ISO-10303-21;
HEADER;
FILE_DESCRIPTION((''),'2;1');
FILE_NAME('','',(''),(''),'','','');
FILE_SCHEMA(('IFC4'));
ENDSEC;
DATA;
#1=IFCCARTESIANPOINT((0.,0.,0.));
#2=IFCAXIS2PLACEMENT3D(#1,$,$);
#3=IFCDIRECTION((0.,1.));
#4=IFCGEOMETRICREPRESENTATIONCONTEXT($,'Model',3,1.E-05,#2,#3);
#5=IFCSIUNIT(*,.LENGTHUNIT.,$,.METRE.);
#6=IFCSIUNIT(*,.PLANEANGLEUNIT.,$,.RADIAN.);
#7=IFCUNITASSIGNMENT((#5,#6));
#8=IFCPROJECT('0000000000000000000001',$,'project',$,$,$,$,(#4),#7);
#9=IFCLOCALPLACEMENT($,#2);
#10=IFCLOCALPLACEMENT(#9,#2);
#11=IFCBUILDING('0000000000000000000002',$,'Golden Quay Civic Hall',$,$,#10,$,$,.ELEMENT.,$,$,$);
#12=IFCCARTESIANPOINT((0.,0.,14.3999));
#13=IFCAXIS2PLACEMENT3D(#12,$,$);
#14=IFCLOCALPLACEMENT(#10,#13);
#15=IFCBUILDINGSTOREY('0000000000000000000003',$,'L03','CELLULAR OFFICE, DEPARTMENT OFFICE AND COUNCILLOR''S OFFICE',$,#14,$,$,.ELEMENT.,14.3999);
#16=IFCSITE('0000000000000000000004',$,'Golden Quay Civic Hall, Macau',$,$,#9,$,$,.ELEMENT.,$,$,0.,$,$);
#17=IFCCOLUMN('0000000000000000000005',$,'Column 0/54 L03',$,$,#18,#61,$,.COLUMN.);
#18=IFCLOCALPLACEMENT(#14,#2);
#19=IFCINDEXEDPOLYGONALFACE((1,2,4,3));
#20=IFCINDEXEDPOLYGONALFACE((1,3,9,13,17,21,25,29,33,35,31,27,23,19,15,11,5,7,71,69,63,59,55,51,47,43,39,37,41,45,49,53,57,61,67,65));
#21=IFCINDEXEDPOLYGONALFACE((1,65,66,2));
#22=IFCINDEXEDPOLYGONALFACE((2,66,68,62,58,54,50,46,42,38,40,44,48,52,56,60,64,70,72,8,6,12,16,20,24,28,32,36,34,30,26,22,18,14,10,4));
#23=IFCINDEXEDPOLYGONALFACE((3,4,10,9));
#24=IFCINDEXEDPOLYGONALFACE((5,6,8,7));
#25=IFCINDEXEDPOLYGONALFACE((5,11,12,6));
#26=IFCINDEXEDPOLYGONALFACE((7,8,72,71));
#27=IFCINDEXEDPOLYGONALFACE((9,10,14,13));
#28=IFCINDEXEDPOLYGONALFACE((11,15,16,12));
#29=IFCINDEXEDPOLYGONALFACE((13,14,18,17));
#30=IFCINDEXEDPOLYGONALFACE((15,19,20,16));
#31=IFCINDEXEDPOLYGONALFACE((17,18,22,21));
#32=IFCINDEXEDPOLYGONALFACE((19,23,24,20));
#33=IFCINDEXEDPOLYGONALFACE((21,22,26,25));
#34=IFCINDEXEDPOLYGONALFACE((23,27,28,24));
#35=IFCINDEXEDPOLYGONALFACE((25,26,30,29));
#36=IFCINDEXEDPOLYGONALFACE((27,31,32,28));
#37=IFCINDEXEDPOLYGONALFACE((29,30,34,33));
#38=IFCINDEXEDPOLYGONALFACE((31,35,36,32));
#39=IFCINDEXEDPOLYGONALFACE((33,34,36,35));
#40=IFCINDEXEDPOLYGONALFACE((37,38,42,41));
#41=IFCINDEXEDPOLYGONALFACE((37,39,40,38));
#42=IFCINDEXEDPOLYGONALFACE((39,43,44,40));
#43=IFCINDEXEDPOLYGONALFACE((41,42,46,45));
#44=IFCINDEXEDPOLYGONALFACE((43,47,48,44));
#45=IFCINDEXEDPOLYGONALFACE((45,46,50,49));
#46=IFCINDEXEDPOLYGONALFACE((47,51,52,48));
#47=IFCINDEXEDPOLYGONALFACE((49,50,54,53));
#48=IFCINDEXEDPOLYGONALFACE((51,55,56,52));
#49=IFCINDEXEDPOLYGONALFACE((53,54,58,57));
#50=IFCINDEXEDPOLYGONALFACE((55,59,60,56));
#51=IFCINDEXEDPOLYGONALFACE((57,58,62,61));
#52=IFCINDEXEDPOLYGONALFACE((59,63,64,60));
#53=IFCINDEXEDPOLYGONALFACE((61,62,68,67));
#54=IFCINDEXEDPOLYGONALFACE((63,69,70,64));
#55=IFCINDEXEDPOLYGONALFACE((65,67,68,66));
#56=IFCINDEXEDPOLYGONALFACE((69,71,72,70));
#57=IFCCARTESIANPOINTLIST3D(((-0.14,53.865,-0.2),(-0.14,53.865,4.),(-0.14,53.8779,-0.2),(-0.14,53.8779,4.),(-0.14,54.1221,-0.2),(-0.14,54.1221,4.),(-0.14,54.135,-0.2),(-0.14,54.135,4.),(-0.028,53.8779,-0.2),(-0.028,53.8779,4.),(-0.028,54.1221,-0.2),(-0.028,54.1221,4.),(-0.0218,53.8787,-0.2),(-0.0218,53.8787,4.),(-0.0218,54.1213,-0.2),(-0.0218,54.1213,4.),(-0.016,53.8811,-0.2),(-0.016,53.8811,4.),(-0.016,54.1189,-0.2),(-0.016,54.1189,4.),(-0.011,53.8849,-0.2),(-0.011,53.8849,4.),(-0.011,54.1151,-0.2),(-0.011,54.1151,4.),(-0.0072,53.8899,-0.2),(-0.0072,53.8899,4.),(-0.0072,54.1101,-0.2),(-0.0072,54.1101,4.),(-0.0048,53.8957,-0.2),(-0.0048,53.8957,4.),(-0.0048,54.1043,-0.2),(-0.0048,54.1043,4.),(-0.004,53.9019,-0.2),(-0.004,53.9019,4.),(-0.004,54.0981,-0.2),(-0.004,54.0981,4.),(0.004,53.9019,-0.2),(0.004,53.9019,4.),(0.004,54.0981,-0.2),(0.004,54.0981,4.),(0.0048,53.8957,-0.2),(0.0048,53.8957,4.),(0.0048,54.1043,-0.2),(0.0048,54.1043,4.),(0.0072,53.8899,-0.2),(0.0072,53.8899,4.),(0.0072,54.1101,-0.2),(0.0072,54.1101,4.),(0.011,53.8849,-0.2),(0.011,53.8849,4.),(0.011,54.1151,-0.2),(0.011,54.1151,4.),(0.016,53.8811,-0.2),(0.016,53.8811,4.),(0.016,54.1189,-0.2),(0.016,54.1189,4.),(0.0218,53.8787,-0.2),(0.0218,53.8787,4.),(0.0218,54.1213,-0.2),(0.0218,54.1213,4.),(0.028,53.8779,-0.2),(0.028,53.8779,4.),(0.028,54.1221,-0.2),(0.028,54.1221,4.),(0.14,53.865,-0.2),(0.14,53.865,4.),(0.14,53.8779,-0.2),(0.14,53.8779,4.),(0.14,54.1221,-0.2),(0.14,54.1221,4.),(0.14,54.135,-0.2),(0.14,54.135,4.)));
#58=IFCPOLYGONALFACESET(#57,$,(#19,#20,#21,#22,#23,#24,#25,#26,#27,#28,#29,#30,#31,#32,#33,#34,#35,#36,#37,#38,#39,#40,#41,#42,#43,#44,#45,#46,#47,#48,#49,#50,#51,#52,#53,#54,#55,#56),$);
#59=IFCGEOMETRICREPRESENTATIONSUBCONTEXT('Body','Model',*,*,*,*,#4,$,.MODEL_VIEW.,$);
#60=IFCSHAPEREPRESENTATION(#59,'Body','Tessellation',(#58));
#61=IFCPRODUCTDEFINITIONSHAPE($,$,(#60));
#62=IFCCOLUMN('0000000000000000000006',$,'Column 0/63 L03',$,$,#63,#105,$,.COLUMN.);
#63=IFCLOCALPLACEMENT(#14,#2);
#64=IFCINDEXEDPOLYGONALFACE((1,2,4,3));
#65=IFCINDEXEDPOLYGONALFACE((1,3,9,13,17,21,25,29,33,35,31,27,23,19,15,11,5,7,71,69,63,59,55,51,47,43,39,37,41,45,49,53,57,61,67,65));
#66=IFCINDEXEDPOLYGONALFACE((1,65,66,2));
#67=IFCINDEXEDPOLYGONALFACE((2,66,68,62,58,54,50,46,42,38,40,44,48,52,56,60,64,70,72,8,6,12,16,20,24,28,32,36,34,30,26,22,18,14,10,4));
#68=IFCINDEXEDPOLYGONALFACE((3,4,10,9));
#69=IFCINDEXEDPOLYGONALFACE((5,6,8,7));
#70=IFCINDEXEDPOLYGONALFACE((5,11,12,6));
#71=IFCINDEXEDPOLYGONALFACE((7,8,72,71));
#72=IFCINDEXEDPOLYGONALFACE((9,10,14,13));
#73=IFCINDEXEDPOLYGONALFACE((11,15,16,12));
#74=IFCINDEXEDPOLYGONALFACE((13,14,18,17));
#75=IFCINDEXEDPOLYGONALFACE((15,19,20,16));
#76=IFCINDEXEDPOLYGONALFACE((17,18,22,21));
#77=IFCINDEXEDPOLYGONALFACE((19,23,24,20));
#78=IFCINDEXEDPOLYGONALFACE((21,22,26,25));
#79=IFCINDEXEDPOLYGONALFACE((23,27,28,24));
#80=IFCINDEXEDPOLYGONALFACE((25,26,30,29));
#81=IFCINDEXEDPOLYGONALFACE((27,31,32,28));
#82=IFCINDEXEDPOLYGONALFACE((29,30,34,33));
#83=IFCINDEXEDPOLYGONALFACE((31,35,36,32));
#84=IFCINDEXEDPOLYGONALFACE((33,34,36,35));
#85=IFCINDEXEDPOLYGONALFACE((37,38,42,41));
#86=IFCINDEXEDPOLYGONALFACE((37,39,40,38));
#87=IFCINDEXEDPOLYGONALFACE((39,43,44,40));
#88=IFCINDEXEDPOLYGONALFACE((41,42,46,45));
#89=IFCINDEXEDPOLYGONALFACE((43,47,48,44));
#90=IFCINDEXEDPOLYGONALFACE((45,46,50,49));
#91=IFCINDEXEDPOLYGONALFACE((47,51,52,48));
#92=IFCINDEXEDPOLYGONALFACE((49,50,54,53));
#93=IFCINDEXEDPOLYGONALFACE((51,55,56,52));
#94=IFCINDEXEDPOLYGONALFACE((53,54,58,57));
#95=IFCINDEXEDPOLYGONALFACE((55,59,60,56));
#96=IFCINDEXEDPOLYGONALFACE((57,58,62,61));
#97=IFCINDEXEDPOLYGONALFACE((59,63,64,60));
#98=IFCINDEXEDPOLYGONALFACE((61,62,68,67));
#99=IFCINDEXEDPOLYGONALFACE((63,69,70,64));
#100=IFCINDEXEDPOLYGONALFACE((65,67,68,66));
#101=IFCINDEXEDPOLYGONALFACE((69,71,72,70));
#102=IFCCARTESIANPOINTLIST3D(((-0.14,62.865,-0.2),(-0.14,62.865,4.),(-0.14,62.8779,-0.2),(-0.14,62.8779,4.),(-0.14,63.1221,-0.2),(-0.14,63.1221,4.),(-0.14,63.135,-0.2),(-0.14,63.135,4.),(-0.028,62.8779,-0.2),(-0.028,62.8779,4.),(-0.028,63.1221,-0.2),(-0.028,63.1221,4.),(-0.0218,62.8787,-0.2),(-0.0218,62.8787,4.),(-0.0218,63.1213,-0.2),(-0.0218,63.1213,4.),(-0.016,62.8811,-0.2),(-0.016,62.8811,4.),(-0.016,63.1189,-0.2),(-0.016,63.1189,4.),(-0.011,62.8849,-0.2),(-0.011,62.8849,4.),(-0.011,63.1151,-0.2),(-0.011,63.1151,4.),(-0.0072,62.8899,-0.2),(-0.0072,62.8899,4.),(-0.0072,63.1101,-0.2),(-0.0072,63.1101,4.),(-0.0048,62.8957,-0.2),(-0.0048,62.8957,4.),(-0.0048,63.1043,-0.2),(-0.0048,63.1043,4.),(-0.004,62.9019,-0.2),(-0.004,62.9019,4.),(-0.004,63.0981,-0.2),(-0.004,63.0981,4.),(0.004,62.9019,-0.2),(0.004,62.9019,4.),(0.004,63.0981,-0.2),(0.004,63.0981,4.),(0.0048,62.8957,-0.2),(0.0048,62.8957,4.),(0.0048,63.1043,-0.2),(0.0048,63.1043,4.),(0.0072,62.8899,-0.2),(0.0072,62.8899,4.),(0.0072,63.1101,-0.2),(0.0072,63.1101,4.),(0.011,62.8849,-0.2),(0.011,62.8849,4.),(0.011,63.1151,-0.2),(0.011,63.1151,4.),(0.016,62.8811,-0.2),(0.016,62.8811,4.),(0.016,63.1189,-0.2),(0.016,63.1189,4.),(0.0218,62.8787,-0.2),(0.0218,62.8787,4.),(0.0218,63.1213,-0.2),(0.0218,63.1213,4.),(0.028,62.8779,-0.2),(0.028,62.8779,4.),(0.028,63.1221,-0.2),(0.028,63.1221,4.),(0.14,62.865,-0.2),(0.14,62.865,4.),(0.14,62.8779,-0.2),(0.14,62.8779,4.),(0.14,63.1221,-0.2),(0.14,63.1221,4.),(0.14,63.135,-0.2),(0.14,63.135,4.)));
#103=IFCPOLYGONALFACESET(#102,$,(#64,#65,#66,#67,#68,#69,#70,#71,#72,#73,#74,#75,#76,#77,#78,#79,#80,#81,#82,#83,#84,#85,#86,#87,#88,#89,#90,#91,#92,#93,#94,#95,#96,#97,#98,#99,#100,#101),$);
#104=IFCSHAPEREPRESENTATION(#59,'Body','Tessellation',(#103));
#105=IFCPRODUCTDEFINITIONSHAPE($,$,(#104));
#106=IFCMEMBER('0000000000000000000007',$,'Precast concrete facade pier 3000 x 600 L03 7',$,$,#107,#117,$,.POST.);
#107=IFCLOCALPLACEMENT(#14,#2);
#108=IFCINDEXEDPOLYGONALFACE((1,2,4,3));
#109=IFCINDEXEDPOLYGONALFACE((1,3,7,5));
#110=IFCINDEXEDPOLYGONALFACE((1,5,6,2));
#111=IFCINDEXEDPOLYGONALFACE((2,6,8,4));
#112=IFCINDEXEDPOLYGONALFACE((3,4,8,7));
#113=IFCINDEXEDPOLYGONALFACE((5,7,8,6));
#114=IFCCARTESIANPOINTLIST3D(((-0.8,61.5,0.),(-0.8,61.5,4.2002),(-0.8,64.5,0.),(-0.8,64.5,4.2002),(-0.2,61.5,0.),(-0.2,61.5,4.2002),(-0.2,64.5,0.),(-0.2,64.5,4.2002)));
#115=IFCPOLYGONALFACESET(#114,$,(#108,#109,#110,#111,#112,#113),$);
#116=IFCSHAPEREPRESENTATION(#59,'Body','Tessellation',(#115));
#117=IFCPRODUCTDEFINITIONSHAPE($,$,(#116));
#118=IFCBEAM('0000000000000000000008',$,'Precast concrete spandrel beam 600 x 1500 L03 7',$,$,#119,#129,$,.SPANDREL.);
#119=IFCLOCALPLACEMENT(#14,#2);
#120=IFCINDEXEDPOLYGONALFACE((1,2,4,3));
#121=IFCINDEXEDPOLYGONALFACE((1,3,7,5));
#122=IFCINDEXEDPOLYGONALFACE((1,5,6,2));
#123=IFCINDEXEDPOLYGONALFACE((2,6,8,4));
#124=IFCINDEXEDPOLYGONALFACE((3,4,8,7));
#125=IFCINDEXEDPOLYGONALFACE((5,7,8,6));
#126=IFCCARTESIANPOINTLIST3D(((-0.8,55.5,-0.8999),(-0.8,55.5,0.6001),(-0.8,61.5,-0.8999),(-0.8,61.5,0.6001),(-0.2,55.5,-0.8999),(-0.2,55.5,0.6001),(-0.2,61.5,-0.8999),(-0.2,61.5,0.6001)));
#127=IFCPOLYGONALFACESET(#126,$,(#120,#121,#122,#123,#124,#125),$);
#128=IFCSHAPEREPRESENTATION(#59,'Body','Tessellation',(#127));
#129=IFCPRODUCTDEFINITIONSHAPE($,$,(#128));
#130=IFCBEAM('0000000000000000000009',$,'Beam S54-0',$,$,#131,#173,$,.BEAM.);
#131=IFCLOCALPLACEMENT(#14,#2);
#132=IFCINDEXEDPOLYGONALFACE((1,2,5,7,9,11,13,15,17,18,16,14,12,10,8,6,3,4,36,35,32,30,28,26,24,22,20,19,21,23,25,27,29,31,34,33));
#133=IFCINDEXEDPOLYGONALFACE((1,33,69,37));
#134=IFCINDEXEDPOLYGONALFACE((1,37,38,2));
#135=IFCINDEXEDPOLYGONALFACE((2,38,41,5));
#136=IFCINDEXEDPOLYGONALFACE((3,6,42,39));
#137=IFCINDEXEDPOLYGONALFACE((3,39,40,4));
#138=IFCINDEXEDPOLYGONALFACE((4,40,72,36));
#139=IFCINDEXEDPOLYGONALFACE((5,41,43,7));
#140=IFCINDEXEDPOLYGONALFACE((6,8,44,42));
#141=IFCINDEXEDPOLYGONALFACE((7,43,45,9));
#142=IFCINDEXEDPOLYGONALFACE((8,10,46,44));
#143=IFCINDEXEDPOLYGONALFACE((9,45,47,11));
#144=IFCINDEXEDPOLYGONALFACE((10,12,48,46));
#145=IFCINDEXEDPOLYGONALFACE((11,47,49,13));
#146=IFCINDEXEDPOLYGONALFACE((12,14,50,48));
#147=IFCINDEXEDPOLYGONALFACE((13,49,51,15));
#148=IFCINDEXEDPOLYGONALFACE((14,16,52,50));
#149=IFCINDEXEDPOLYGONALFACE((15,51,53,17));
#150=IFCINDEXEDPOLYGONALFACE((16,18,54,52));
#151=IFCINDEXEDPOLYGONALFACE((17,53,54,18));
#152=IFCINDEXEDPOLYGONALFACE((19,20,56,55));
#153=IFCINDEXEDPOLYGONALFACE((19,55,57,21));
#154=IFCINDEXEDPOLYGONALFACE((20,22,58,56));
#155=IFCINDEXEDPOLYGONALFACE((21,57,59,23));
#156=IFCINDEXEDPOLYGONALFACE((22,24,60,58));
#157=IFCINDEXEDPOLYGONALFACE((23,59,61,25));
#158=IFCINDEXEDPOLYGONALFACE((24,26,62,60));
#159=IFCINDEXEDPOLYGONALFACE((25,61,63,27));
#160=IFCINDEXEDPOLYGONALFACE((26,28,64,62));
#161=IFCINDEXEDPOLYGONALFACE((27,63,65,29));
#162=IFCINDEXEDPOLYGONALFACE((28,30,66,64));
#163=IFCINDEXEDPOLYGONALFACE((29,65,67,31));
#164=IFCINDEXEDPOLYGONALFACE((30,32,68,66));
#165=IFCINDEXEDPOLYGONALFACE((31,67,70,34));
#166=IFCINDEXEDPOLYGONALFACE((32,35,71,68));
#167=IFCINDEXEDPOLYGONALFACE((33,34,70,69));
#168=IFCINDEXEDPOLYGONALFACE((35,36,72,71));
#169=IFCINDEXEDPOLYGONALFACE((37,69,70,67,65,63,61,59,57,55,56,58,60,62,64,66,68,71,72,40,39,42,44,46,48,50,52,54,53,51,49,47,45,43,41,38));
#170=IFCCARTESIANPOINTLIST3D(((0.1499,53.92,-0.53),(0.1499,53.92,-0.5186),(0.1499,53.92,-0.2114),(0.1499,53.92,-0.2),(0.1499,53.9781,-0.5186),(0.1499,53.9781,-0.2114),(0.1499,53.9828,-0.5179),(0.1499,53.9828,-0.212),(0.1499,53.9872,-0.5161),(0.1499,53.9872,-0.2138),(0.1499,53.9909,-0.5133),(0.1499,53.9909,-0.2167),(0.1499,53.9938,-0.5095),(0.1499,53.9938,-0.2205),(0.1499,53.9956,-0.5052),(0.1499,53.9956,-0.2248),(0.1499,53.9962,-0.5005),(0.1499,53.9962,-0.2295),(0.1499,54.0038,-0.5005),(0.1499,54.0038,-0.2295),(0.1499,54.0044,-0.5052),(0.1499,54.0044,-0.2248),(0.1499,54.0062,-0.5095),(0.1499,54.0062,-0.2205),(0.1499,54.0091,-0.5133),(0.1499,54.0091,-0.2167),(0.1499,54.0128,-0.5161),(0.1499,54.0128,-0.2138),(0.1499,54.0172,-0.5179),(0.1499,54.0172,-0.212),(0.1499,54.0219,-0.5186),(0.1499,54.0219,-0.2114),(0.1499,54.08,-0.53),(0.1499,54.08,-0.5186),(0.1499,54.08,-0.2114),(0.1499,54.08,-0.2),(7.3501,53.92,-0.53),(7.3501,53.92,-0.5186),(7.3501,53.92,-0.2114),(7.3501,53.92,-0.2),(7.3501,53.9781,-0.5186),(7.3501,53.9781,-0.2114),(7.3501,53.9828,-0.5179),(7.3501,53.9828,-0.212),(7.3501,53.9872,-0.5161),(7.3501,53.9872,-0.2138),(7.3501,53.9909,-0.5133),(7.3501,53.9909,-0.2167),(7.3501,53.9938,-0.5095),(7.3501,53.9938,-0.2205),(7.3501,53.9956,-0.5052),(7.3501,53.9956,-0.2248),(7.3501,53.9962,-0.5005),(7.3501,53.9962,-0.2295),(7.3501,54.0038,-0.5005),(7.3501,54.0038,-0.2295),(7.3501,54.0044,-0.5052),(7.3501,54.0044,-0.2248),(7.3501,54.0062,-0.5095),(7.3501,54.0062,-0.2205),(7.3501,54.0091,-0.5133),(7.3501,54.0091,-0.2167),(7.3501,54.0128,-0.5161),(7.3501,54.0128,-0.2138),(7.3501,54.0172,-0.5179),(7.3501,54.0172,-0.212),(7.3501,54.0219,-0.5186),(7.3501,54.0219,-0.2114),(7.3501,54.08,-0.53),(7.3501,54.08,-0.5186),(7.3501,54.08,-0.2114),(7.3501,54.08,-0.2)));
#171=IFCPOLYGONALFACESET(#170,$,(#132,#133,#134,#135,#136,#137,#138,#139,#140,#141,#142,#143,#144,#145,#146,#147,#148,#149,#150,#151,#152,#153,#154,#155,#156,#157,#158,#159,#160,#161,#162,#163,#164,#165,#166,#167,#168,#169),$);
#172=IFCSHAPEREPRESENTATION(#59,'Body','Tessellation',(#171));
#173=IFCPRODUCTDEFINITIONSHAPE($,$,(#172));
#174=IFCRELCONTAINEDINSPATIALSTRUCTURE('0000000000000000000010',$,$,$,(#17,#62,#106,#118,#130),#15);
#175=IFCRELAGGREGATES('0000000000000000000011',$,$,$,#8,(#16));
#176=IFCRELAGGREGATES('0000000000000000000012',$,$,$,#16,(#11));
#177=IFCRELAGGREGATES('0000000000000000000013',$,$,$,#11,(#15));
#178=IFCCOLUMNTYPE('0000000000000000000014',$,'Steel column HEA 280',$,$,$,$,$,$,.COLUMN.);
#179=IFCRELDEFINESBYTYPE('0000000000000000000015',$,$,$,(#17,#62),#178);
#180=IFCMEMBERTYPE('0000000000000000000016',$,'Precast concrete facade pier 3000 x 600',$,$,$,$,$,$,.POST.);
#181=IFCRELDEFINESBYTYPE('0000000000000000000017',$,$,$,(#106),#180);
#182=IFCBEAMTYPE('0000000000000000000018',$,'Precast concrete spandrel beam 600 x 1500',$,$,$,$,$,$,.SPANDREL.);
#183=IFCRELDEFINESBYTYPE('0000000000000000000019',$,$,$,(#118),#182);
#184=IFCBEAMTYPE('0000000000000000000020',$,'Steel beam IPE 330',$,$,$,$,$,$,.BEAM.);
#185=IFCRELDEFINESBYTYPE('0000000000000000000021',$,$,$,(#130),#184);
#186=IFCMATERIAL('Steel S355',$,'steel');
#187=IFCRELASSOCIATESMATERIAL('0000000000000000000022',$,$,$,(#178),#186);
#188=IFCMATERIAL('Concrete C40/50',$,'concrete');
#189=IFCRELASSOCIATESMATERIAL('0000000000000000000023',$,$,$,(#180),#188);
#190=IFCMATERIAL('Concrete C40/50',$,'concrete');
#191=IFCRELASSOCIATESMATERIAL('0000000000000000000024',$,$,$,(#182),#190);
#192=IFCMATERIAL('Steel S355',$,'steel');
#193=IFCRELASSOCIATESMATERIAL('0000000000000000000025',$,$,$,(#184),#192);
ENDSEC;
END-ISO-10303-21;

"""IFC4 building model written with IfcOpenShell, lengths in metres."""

from ifc_helpers import new_model, si_unit, direction, frame, origin, origin_2d, place, context, subcontext, project, spatial, rectangle, i_section, extrude, material, material_profile, profile_set, type_object, element, save


model = new_model("IFC4")

# Units and contexts
model_context = context("Model", 3, precision=1e-05, world=origin(), true_north=direction((0.0, 1.0)))
body_context = subcontext(model_context, "Body", "Model", "MODEL_VIEW")
ifc_project = project(units=[si_unit("LENGTHUNIT", "METRE"), si_unit("PLANEANGLEUNIT", "RADIAN")], contexts=[model_context])

# Site, building, storey
site_placement = place(None, origin())
site = spatial("IfcSite", under=ifc_project, at=site_placement, Name="Golden Quay Civic Hall, Macau", CompositionType="ELEMENT", RefElevation=0.0)
building_placement = place(site_placement, origin())
building = spatial("IfcBuilding", under=site, at=building_placement, Name="Golden Quay Civic Hall", CompositionType="ELEMENT")
storey_placement = place(building_placement, frame((0.0, 0.0, 14.3999)))
storey = spatial("IfcBuildingStorey", under=building, at=storey_placement, Name="L03", Description="CELLULAR OFFICE, DEPARTMENT OFFICE AND COUNCILLOR'S OFFICE", CompositionType="ELEMENT", Elevation=14.3999)

# Columns
ifc_material_1 = material(Name="Steel S355", Category="steel")
ifc_material_profile_1 = material_profile(ifc_material_1, i_section(OverallWidth=0.28, OverallDepth=0.27, WebThickness=0.0081, FlangeThickness=0.0129, FilletRadius=0.0239, at=origin_2d()), Name="HEA 280")
ifc_profile_set_1 = profile_set([ifc_material_profile_1], Name="Steel S355")
column_type = type_object("IfcColumnType", Name="Steel column HEA 280", PredefinedType="COLUMN", material=ifc_profile_set_1)
for number, where, z_axis, x_axis, name in (
    (1, (0.0, 54.0, -0.2), (0.0, 0.0, 1.0), (1.0, 0.0, 0.0), "Column 0/54 L03"),
    (2, (0.0, 63.0, -0.2), (0.0, 0.0, 1.0), (1.0, 0.0, 0.0), "Column 0/63 L03"),
):
    element("IfcColumn", number, at=place(storey_placement, frame(where, z_axis=z_axis, x_axis=x_axis)), inside=storey, type_object=column_type, Name=name, PredefinedType="COLUMN", context=body_context, shape_type="SweptSolid", body=[
        extrude(i_section(OverallWidth=0.28, OverallDepth=0.27, WebThickness=0.0081, FlangeThickness=0.0129, FilletRadius=0.0239, at=origin_2d()), origin(), (0.0, 0.0, 1.0), 4.2),
    ])

# Member
ifc_material_2 = material(Name="Concrete C40/50", Category="concrete")
ifc_material_profile_2 = material_profile(ifc_material_2, rectangle(XDim=3.0, YDim=0.6001, at=origin_2d()), Name="RC 3000x600")
ifc_profile_set_2 = profile_set([ifc_material_profile_2], Name="Concrete C40/50")
member_type = type_object("IfcMemberType", Name="Precast concrete facade pier 3000 x 600", PredefinedType="POST", material=ifc_profile_set_2)
member_placement = place(storey_placement, frame((-0.5, 63.0, 0.0), z_axis=(0.0, 0.0, 1.0), x_axis=(0.0, 1.0, 0.0)))
element("IfcMember", 3, at=member_placement, inside=storey, type_object=member_type, Name="Precast concrete facade pier 3000 x 600 L03 7", PredefinedType="POST", context=body_context, shape_type="SweptSolid", body=[
    extrude(rectangle(XDim=3.0, YDim=0.6001, at=origin_2d()), origin(), (0.0, 0.0, 1.0), 4.2002),
])

# Beams
ifc_material_3 = material(Name="Concrete C40/50", Category="concrete")
ifc_material_profile_3 = material_profile(ifc_material_3, rectangle(XDim=0.6001, YDim=1.5, at=origin_2d()), Name="RC 600x1500")
ifc_profile_set_3 = profile_set([ifc_material_profile_3], Name="Concrete C40/50")
beam_type_1 = type_object("IfcBeamType", Name="Precast concrete spandrel beam 600 x 1500", PredefinedType="SPANDREL", material=ifc_profile_set_3)
beam_1_placement = place(storey_placement, frame((-0.5, 55.5, -0.1499), z_axis=(0.0, 1.0, 0.0), x_axis=(-1.0, 0.0, 0.0)))
element("IfcBeam", 4, at=beam_1_placement, inside=storey, type_object=beam_type_1, Name="Precast concrete spandrel beam 600 x 1500 L03 7", PredefinedType="SPANDREL", context=body_context, shape_type="SweptSolid", body=[
    extrude(rectangle(XDim=0.6001, YDim=1.5, at=origin_2d()), origin(), (0.0, 0.0, 1.0), 6.0),
])
ifc_material_4 = material(Name="Steel S355", Category="steel")
ifc_material_profile_4 = material_profile(ifc_material_4, i_section(OverallWidth=0.1599, OverallDepth=0.3301, WebThickness=0.0076, FlangeThickness=0.0115, FilletRadius=0.0181, at=origin_2d()), Name="IPE 330")
ifc_profile_set_4 = profile_set([ifc_material_profile_4], Name="Steel S355")
beam_type_2 = type_object("IfcBeamType", Name="Steel beam IPE 330", PredefinedType="BEAM", material=ifc_profile_set_4)
for number, where, z_axis, x_axis, name in (
    (5, (0.1499, 54.0, -0.365), (1.0, 0.0, 0.0), (0.0, 1.0, 0.0), "Beam S54-0"),
):
    element("IfcBeam", number, at=place(storey_placement, frame(where, z_axis=z_axis, x_axis=x_axis)), inside=storey, type_object=beam_type_2, Name=name, PredefinedType="BEAM", context=body_context, shape_type="SweptSolid", body=[
        extrude(i_section(OverallWidth=0.1599, OverallDepth=0.3301, WebThickness=0.0076, FlangeThickness=0.0115, FilletRadius=0.0181, at=origin_2d()), origin(), (0.0, 0.0, 1.0), 7.2002),
    ])

save(model, "model.ifc")
